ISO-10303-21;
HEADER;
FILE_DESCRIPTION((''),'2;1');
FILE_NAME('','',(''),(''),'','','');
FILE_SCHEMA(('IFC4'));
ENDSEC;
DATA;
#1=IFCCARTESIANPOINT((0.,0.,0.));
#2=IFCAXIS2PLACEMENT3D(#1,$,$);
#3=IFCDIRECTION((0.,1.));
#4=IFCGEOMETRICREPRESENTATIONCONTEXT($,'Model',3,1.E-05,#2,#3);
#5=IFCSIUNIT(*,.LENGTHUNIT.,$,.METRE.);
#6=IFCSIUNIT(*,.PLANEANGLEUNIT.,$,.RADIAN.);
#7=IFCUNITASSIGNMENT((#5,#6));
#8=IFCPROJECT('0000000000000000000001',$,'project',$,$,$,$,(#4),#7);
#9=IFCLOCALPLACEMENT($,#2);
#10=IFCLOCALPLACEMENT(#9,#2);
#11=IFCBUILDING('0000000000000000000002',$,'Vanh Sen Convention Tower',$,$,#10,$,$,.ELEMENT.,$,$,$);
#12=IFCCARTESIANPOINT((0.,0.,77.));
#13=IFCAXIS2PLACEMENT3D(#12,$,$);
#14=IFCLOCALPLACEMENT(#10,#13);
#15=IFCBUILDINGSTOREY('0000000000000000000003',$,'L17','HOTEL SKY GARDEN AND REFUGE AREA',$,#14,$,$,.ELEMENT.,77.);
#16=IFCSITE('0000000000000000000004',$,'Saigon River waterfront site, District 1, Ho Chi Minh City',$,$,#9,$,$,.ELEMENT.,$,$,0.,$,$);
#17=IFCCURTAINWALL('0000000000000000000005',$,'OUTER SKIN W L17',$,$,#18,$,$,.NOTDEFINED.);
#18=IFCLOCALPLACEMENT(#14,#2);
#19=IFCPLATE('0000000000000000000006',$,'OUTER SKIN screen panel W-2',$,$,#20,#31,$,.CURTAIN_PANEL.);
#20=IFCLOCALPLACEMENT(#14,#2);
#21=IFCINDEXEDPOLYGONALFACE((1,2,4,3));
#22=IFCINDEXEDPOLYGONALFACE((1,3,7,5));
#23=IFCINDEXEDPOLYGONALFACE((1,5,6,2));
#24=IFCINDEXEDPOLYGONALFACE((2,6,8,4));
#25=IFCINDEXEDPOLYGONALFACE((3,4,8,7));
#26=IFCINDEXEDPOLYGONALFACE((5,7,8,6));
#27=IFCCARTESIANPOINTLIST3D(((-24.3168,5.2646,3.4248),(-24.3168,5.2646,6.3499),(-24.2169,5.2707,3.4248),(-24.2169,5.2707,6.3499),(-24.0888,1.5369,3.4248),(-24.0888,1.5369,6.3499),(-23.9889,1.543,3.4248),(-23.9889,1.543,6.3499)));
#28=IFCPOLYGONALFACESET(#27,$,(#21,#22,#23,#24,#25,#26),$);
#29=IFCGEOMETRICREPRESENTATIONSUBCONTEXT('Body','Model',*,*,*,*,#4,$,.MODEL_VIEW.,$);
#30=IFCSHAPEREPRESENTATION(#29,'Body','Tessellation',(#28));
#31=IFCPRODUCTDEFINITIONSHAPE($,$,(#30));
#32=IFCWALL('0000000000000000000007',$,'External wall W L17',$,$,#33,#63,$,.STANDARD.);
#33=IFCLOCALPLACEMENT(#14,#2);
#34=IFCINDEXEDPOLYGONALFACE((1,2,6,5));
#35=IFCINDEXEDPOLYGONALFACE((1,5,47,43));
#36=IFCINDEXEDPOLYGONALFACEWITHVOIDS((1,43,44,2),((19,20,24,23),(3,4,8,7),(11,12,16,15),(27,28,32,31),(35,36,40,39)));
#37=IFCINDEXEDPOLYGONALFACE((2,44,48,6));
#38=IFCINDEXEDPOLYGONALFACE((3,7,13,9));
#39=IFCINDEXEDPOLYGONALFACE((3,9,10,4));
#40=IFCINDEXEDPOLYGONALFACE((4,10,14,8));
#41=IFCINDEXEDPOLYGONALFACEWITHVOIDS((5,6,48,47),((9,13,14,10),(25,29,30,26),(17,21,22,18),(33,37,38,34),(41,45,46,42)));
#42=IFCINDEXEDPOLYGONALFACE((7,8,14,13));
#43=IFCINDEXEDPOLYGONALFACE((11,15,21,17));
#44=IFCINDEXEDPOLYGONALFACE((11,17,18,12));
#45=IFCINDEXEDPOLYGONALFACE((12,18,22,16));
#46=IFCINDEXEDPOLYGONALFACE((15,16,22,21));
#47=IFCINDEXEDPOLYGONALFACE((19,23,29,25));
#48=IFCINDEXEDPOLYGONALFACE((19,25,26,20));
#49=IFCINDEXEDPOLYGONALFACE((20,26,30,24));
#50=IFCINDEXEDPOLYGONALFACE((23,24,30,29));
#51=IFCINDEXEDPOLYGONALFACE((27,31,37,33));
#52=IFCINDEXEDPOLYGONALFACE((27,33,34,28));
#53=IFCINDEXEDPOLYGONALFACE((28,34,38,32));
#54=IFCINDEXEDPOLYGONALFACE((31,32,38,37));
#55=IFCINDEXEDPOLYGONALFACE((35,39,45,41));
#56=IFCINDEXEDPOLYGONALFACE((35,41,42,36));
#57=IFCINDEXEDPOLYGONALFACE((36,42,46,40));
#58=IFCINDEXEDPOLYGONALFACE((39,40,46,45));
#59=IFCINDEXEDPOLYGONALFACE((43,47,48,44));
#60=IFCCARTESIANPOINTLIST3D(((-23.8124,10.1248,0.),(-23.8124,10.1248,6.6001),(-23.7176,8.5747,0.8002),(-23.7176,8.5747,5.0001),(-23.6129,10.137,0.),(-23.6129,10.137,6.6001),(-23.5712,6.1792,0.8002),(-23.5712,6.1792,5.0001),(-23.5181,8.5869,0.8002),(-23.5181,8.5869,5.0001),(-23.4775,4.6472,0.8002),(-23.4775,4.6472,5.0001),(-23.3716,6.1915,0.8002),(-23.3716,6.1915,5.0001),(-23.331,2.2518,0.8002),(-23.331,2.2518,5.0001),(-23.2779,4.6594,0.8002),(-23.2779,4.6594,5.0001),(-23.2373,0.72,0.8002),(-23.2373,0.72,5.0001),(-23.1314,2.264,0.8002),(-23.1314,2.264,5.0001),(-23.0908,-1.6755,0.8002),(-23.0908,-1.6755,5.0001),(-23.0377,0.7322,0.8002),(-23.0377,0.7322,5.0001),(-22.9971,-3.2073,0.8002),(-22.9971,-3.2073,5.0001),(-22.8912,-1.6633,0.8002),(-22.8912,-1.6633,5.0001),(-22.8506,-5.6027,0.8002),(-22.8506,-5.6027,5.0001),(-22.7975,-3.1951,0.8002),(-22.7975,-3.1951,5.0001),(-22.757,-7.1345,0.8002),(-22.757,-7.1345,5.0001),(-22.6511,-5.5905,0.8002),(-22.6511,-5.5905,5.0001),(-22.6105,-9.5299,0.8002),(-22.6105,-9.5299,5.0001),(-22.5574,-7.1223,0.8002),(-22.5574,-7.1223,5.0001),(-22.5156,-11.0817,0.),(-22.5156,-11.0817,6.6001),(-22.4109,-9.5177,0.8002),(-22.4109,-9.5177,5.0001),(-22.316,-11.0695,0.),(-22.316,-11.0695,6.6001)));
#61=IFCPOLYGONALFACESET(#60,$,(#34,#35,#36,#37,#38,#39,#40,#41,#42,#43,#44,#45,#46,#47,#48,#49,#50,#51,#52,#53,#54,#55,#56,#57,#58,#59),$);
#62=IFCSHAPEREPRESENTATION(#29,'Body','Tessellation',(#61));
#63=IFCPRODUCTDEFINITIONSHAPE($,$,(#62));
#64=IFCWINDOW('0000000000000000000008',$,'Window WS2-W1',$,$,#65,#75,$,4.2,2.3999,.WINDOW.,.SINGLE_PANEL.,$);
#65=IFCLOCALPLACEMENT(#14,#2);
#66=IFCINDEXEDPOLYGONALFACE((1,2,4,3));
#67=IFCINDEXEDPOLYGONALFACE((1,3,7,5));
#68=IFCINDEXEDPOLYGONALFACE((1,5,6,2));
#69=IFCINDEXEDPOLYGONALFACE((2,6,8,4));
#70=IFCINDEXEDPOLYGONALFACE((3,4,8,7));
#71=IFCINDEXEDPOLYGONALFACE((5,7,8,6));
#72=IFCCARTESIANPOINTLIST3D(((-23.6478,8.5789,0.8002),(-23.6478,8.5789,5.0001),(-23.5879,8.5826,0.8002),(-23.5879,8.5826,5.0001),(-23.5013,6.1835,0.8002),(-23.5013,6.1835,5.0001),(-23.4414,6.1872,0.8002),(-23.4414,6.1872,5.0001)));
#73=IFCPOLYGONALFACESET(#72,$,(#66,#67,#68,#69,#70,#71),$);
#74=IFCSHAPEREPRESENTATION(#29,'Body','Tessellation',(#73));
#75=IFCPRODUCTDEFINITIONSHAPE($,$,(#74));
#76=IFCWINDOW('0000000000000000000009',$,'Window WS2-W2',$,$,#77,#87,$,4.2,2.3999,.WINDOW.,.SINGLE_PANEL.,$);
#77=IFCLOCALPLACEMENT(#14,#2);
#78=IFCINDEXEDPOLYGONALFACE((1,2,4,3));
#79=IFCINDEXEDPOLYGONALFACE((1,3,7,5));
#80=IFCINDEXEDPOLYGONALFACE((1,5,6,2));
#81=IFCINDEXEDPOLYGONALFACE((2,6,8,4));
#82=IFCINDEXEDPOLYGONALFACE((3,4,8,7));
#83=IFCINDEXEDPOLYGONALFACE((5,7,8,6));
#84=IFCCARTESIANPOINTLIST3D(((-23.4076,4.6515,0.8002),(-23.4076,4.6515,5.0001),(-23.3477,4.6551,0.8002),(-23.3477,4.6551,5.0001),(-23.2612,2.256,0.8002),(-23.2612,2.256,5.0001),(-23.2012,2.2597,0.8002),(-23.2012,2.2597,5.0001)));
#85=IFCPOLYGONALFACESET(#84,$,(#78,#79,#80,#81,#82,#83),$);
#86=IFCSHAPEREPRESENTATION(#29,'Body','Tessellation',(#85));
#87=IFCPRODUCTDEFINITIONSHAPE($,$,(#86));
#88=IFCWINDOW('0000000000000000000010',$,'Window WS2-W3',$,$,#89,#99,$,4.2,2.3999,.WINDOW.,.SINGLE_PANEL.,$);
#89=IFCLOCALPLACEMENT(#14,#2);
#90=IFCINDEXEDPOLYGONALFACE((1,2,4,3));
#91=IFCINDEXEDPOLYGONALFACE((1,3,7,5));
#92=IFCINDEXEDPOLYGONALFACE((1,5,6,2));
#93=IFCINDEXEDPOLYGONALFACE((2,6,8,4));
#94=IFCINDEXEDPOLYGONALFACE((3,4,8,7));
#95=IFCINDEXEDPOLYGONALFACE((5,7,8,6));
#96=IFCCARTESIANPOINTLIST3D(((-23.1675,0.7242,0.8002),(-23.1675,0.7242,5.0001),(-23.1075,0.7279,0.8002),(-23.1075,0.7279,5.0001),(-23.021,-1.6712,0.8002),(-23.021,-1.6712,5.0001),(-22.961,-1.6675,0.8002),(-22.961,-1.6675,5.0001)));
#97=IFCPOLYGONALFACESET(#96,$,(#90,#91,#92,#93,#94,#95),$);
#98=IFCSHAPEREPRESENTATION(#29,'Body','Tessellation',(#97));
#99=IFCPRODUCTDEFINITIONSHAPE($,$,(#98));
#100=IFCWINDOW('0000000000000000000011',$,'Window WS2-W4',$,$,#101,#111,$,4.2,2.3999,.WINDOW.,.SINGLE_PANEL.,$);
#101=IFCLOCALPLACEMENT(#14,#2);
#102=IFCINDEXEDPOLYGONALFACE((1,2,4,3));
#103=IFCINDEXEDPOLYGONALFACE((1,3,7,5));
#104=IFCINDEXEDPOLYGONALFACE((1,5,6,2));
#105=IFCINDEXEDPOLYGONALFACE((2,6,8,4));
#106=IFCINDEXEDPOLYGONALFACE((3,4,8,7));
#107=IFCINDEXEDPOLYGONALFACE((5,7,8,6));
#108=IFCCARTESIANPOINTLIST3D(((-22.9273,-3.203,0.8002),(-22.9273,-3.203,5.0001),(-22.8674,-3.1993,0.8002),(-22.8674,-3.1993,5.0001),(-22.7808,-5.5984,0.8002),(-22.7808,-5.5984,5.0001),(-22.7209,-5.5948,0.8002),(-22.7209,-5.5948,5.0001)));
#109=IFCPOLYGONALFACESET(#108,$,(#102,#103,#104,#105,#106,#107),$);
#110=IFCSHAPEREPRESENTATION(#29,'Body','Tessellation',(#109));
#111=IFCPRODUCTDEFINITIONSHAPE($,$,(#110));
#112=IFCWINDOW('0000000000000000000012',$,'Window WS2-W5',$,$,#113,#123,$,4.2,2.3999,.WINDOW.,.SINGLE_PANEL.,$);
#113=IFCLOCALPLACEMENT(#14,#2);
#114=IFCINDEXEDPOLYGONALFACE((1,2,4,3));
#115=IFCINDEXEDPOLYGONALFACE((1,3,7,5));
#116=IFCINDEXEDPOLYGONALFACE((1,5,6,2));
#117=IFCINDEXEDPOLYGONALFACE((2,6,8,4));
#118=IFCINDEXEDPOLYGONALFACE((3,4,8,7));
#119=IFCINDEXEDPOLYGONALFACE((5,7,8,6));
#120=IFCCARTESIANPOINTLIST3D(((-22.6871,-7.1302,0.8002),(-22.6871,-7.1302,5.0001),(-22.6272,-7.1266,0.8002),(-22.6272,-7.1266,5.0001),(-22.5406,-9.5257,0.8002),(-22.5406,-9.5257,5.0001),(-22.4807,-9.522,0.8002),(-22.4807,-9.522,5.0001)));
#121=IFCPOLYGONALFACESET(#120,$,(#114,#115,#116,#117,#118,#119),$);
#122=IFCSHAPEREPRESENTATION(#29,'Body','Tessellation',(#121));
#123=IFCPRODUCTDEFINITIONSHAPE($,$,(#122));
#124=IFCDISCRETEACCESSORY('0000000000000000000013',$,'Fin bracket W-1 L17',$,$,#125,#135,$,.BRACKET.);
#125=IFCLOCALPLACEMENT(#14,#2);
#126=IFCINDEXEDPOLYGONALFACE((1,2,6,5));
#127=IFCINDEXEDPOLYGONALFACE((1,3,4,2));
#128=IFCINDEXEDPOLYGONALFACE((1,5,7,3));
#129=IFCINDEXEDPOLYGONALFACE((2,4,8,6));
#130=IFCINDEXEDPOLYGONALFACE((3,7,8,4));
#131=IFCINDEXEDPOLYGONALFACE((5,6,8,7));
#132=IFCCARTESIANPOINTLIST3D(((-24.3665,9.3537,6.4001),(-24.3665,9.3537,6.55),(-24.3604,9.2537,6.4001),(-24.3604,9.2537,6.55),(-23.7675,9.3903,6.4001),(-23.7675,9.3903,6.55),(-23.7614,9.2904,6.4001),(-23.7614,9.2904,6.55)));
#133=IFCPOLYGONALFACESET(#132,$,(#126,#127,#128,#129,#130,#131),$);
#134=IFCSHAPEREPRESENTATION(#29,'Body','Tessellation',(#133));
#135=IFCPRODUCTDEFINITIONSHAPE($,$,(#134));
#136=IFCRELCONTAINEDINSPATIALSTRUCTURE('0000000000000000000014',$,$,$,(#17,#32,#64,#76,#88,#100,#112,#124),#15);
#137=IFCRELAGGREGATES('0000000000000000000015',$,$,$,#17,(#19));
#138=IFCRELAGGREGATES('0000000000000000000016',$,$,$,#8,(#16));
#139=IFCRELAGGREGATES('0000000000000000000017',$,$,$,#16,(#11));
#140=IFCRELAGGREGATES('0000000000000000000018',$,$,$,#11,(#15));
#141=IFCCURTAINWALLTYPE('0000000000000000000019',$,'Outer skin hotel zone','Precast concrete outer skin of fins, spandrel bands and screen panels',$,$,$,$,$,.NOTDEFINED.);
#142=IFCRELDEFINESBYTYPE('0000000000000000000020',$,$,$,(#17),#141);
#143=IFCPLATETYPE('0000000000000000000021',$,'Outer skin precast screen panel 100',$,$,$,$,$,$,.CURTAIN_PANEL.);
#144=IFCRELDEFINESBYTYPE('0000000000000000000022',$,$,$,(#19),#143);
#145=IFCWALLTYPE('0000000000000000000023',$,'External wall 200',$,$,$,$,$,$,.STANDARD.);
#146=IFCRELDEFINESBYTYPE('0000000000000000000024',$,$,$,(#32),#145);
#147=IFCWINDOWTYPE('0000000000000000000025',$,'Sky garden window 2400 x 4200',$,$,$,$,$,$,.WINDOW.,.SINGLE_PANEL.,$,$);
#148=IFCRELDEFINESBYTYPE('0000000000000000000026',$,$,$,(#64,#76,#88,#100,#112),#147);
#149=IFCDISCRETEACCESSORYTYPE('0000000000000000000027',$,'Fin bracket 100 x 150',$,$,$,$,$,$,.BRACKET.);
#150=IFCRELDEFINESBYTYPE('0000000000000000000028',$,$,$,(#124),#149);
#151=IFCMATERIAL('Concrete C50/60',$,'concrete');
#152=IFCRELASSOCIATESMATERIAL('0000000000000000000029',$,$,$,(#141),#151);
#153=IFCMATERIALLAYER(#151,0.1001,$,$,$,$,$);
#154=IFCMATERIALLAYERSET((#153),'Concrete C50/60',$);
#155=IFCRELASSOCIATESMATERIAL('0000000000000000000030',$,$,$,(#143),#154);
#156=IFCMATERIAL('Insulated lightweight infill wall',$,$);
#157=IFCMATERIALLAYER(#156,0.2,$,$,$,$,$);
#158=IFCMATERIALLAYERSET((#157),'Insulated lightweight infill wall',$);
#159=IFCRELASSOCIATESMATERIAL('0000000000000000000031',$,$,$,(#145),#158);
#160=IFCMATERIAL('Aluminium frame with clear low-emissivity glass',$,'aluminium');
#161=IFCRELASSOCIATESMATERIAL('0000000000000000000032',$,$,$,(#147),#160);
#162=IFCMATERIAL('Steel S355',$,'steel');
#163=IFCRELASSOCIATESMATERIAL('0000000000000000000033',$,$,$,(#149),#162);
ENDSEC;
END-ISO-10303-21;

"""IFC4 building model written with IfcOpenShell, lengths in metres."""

from ifc_helpers import new_model, si_unit, direction, frame, frame_2d, origin, origin_2d, place, context, subcontext, project, spatial, rectangle, extrude, material, layer, layer_set, type_object, element, fill, aggregate, save


model = new_model("IFC4")

# Units and contexts
model_context = context("Model", 3, precision=1e-05, world=origin(), true_north=direction((0.0, 1.0)))
body_context = subcontext(model_context, "Body", "Model", "MODEL_VIEW")
ifc_project = project(units=[si_unit("LENGTHUNIT", "METRE"), si_unit("PLANEANGLEUNIT", "RADIAN")], contexts=[model_context])

# Site, building, storey
site_placement = place(None, origin())
site = spatial("IfcSite", under=ifc_project, at=site_placement, Name="Saigon River waterfront site, District 1, Ho Chi Minh City", CompositionType="ELEMENT", RefElevation=0.0)
building_placement = place(site_placement, origin())
building = spatial("IfcBuilding", under=site, at=building_placement, Name="Vanh Sen Convention Tower", CompositionType="ELEMENT")
storey_placement = place(building_placement, frame((0.0, 0.0, 77.0)))
storey = spatial("IfcBuildingStorey", under=building, at=storey_placement, Name="L17", Description="HOTEL SKY GARDEN AND REFUGE AREA", CompositionType="ELEMENT", Elevation=77.0)

# Curtain wall
ifc_material_1 = material(Name="Concrete C50/60", Category="concrete")
curtain_wall_type = type_object("IfcCurtainWallType", Name="Outer skin hotel zone", Description="Precast concrete outer skin of fins, spandrel bands and screen panels", PredefinedType="NOTDEFINED", material=ifc_material_1)
curtain_wall_1_placement = place(storey_placement, origin())
curtain_wall_1 = element("IfcCurtainWall", 1, at=curtain_wall_1_placement, inside=storey, type_object=curtain_wall_type, Name="OUTER SKIN W L17", PredefinedType="NOTDEFINED")

# Shared definitions
ifc_layer_1 = layer(ifc_material_1, 0.1001)
ifc_layer_set_1 = layer_set([ifc_layer_1], Name="Concrete C50/60")
plate_type = type_object("IfcPlateType", Name="Outer skin precast screen panel 100", PredefinedType="CURTAIN_PANEL", material=ifc_layer_set_1)

# Plate
plate_1_placement = place(storey_placement, frame((-24.1528, 3.4038, 3.4248), z_axis=(0.0, 0.0, 1.0), x_axis=(0.061049, -0.998135, 0.0)))
plate_1 = element("IfcPlate", 2, at=plate_1_placement, type_object=plate_type, Name="OUTER SKIN screen panel W-2", PredefinedType="CURTAIN_PANEL", context=body_context, shape_type="SweptSolid", body=[
    extrude(rectangle(XDim=3.7346, YDim=0.1001, at=origin_2d()), origin(), (0.0, 0.0, 1.0), 2.925),
])
aggregate(curtain_wall_1, [plate_1])

# Wall, openings, windows
ifc_material_2 = material(Name="Insulated lightweight infill wall")
ifc_layer_2 = layer(ifc_material_2, 0.2)
ifc_layer_set_2 = layer_set([ifc_layer_2], Name="Insulated lightweight infill wall")
wall_type = type_object("IfcWallType", Name="External wall 200", PredefinedType="STANDARD", material=ifc_layer_set_2)
wall_placement = place(storey_placement, frame((-23.7126, 10.1309, 0.0), z_axis=(0.0, 0.0, 1.0), x_axis=(0.06104, -0.998135, 0.0)))
wall = element("IfcWall", 3, at=wall_placement, inside=storey, type_object=wall_type, Name="External wall W L17", PredefinedType="STANDARD", context=body_context, shape_type="SweptSolid", body=[
    extrude(rectangle(XDim=21.2461, YDim=0.2, at=frame_2d((10.623, 0.0))), origin(), (0.0, 0.0, 1.0), 6.6001),
])
opening_1_placement = place(wall_placement, frame((1.553, 0.0, 0.8)))
opening_1 = element("IfcOpeningElement", 4, at=opening_1_placement, cuts=wall, PredefinedType="OPENING", context=body_context, shape_type="SweptSolid", body=[
    extrude(rectangle(XDim=2.3999, YDim=4.2, at=frame_2d((1.2, 2.1001))), frame((0.0, 0.1099, 0.0), z_axis=(0.0, -1.0, 0.0), x_axis=(1.0, 0.0, 0.0)), (0.0, 0.0, 1.0), 0.22),
])
opening_2_placement = place(wall_placement, frame((5.4878, 0.0, 0.8)))
opening_2 = element("IfcOpeningElement", 5, at=opening_2_placement, cuts=wall, PredefinedType="OPENING", context=body_context, shape_type="SweptSolid", body=[
    extrude(rectangle(XDim=2.3999, YDim=4.2, at=frame_2d((1.2, 2.1001))), frame((0.0, 0.1099, 0.0), z_axis=(0.0, -1.0, 0.0), x_axis=(1.0, 0.0, 0.0)), (0.0, 0.0, 1.0), 0.22),
])
opening_3_placement = place(wall_placement, frame((9.4224, 0.0, 0.8)))
opening_3 = element("IfcOpeningElement", 6, at=opening_3_placement, cuts=wall, PredefinedType="OPENING", context=body_context, shape_type="SweptSolid", body=[
    extrude(rectangle(XDim=2.3999, YDim=4.2, at=frame_2d((1.2, 2.1001))), frame((0.0, 0.1099, 0.0), z_axis=(0.0, -1.0, 0.0), x_axis=(1.0, 0.0, 0.0)), (0.0, 0.0, 1.0), 0.22),
])
opening_4_placement = place(wall_placement, frame((13.3569, 0.0, 0.8)))
opening_4 = element("IfcOpeningElement", 7, at=opening_4_placement, cuts=wall, PredefinedType="OPENING", context=body_context, shape_type="SweptSolid", body=[
    extrude(rectangle(XDim=2.3999, YDim=4.2, at=frame_2d((1.2, 2.1001))), frame((0.0, 0.1099, 0.0), z_axis=(0.0, -1.0, 0.0), x_axis=(1.0, 0.0, 0.0)), (0.0, 0.0, 1.0), 0.22),
])
opening_5_placement = place(wall_placement, frame((17.2915, 0.0, 0.8)))
opening_5 = element("IfcOpeningElement", 8, at=opening_5_placement, cuts=wall, PredefinedType="OPENING", context=body_context, shape_type="SweptSolid", body=[
    extrude(rectangle(XDim=2.3999, YDim=4.2, at=frame_2d((1.2, 2.1001))), frame((0.0, 0.1099, 0.0), z_axis=(0.0, -1.0, 0.0), x_axis=(1.0, 0.0, 0.0)), (0.0, 0.0, 1.0), 0.22),
])
ifc_material_3 = material(Name="Aluminium frame with clear low-emissivity glass", Category="aluminium")
window_type = type_object("IfcWindowType", Name="Sky garden window 2400 x 4200", PartitioningType="SINGLE_PANEL", PredefinedType="WINDOW", material=ifc_material_3)
window_1_placement = place(opening_1_placement, origin())
window_1 = element("IfcWindow", 9, at=window_1_placement, inside=storey, type_object=window_type, Name="Window WS2-W1", OverallHeight=4.2, OverallWidth=2.3999, PartitioningType="SINGLE_PANEL", PredefinedType="WINDOW", context=body_context, shape_type="SweptSolid", body=[
    extrude(rectangle(XDim=2.3999, YDim=4.2, at=frame_2d((1.2, 2.1001))), frame((0.0, 0.03, 0.0), z_axis=(0.0, -1.0, 0.0), x_axis=(1.0, 0.0, 0.0)), (0.0, 0.0, 1.0), 0.0601),
])
fill(opening_1, window_1)
window_2_placement = place(opening_2_placement, origin())
window_2 = element("IfcWindow", 10, at=window_2_placement, inside=storey, type_object=window_type, Name="Window WS2-W2", OverallHeight=4.2, OverallWidth=2.3999, PartitioningType="SINGLE_PANEL", PredefinedType="WINDOW", context=body_context, shape_type="SweptSolid", body=[
    extrude(rectangle(XDim=2.3999, YDim=4.2, at=frame_2d((1.2, 2.1001))), frame((0.0, 0.03, 0.0), z_axis=(0.0, -1.0, 0.0), x_axis=(1.0, 0.0, 0.0)), (0.0, 0.0, 1.0), 0.0601),
])
fill(opening_2, window_2)
window_3_placement = place(opening_3_placement, origin())
window_3 = element("IfcWindow", 11, at=window_3_placement, inside=storey, type_object=window_type, Name="Window WS2-W3", OverallHeight=4.2, OverallWidth=2.3999, PartitioningType="SINGLE_PANEL", PredefinedType="WINDOW", context=body_context, shape_type="SweptSolid", body=[
    extrude(rectangle(XDim=2.3999, YDim=4.2, at=frame_2d((1.2, 2.1001))), frame((0.0, 0.03, 0.0), z_axis=(0.0, -1.0, 0.0), x_axis=(1.0, 0.0, 0.0)), (0.0, 0.0, 1.0), 0.0601),
])
fill(opening_3, window_3)
window_4_placement = place(opening_4_placement, origin())
window_4 = element("IfcWindow", 12, at=window_4_placement, inside=storey, type_object=window_type, Name="Window WS2-W4", OverallHeight=4.2, OverallWidth=2.3999, PartitioningType="SINGLE_PANEL", PredefinedType="WINDOW", context=body_context, shape_type="SweptSolid", body=[
    extrude(rectangle(XDim=2.3999, YDim=4.2, at=frame_2d((1.2, 2.1001))), frame((0.0, 0.03, 0.0), z_axis=(0.0, -1.0, 0.0), x_axis=(1.0, 0.0, 0.0)), (0.0, 0.0, 1.0), 0.0601),
])
fill(opening_4, window_4)
window_5_placement = place(opening_5_placement, origin())
window_5 = element("IfcWindow", 13, at=window_5_placement, inside=storey, type_object=window_type, Name="Window WS2-W5", OverallHeight=4.2, OverallWidth=2.3999, PartitioningType="SINGLE_PANEL", PredefinedType="WINDOW", context=body_context, shape_type="SweptSolid", body=[
    extrude(rectangle(XDim=2.3999, YDim=4.2, at=frame_2d((1.2, 2.1001))), frame((0.0, 0.03, 0.0), z_axis=(0.0, -1.0, 0.0), x_axis=(1.0, 0.0, 0.0)), (0.0, 0.0, 1.0), 0.0601),
])
fill(opening_5, window_5)

# Discrete accessory
ifc_material_4 = material(Name="Steel S355", Category="steel")
discrete_accessory_type = type_object("IfcDiscreteAccessoryType", Name="Fin bracket 100 x 150", PredefinedType="BRACKET", material=ifc_material_4)
discrete_accessory_placement = place(storey_placement, frame((-24.064, 9.322, 6.4001), z_axis=(0.0, 0.0, 1.0), x_axis=(-0.998135, -0.061049, 0.0)))
element("IfcDiscreteAccessory", 14, at=discrete_accessory_placement, inside=storey, type_object=discrete_accessory_type, Name="Fin bracket W-1 L17", PredefinedType="BRACKET", context=body_context, shape_type="SweptSolid", body=[
    extrude(rectangle(XDim=0.6001, YDim=0.1001, at=origin_2d()), origin(), (0.0, 0.0, 1.0), 0.1499),
])

save(model, "model.ifc")
